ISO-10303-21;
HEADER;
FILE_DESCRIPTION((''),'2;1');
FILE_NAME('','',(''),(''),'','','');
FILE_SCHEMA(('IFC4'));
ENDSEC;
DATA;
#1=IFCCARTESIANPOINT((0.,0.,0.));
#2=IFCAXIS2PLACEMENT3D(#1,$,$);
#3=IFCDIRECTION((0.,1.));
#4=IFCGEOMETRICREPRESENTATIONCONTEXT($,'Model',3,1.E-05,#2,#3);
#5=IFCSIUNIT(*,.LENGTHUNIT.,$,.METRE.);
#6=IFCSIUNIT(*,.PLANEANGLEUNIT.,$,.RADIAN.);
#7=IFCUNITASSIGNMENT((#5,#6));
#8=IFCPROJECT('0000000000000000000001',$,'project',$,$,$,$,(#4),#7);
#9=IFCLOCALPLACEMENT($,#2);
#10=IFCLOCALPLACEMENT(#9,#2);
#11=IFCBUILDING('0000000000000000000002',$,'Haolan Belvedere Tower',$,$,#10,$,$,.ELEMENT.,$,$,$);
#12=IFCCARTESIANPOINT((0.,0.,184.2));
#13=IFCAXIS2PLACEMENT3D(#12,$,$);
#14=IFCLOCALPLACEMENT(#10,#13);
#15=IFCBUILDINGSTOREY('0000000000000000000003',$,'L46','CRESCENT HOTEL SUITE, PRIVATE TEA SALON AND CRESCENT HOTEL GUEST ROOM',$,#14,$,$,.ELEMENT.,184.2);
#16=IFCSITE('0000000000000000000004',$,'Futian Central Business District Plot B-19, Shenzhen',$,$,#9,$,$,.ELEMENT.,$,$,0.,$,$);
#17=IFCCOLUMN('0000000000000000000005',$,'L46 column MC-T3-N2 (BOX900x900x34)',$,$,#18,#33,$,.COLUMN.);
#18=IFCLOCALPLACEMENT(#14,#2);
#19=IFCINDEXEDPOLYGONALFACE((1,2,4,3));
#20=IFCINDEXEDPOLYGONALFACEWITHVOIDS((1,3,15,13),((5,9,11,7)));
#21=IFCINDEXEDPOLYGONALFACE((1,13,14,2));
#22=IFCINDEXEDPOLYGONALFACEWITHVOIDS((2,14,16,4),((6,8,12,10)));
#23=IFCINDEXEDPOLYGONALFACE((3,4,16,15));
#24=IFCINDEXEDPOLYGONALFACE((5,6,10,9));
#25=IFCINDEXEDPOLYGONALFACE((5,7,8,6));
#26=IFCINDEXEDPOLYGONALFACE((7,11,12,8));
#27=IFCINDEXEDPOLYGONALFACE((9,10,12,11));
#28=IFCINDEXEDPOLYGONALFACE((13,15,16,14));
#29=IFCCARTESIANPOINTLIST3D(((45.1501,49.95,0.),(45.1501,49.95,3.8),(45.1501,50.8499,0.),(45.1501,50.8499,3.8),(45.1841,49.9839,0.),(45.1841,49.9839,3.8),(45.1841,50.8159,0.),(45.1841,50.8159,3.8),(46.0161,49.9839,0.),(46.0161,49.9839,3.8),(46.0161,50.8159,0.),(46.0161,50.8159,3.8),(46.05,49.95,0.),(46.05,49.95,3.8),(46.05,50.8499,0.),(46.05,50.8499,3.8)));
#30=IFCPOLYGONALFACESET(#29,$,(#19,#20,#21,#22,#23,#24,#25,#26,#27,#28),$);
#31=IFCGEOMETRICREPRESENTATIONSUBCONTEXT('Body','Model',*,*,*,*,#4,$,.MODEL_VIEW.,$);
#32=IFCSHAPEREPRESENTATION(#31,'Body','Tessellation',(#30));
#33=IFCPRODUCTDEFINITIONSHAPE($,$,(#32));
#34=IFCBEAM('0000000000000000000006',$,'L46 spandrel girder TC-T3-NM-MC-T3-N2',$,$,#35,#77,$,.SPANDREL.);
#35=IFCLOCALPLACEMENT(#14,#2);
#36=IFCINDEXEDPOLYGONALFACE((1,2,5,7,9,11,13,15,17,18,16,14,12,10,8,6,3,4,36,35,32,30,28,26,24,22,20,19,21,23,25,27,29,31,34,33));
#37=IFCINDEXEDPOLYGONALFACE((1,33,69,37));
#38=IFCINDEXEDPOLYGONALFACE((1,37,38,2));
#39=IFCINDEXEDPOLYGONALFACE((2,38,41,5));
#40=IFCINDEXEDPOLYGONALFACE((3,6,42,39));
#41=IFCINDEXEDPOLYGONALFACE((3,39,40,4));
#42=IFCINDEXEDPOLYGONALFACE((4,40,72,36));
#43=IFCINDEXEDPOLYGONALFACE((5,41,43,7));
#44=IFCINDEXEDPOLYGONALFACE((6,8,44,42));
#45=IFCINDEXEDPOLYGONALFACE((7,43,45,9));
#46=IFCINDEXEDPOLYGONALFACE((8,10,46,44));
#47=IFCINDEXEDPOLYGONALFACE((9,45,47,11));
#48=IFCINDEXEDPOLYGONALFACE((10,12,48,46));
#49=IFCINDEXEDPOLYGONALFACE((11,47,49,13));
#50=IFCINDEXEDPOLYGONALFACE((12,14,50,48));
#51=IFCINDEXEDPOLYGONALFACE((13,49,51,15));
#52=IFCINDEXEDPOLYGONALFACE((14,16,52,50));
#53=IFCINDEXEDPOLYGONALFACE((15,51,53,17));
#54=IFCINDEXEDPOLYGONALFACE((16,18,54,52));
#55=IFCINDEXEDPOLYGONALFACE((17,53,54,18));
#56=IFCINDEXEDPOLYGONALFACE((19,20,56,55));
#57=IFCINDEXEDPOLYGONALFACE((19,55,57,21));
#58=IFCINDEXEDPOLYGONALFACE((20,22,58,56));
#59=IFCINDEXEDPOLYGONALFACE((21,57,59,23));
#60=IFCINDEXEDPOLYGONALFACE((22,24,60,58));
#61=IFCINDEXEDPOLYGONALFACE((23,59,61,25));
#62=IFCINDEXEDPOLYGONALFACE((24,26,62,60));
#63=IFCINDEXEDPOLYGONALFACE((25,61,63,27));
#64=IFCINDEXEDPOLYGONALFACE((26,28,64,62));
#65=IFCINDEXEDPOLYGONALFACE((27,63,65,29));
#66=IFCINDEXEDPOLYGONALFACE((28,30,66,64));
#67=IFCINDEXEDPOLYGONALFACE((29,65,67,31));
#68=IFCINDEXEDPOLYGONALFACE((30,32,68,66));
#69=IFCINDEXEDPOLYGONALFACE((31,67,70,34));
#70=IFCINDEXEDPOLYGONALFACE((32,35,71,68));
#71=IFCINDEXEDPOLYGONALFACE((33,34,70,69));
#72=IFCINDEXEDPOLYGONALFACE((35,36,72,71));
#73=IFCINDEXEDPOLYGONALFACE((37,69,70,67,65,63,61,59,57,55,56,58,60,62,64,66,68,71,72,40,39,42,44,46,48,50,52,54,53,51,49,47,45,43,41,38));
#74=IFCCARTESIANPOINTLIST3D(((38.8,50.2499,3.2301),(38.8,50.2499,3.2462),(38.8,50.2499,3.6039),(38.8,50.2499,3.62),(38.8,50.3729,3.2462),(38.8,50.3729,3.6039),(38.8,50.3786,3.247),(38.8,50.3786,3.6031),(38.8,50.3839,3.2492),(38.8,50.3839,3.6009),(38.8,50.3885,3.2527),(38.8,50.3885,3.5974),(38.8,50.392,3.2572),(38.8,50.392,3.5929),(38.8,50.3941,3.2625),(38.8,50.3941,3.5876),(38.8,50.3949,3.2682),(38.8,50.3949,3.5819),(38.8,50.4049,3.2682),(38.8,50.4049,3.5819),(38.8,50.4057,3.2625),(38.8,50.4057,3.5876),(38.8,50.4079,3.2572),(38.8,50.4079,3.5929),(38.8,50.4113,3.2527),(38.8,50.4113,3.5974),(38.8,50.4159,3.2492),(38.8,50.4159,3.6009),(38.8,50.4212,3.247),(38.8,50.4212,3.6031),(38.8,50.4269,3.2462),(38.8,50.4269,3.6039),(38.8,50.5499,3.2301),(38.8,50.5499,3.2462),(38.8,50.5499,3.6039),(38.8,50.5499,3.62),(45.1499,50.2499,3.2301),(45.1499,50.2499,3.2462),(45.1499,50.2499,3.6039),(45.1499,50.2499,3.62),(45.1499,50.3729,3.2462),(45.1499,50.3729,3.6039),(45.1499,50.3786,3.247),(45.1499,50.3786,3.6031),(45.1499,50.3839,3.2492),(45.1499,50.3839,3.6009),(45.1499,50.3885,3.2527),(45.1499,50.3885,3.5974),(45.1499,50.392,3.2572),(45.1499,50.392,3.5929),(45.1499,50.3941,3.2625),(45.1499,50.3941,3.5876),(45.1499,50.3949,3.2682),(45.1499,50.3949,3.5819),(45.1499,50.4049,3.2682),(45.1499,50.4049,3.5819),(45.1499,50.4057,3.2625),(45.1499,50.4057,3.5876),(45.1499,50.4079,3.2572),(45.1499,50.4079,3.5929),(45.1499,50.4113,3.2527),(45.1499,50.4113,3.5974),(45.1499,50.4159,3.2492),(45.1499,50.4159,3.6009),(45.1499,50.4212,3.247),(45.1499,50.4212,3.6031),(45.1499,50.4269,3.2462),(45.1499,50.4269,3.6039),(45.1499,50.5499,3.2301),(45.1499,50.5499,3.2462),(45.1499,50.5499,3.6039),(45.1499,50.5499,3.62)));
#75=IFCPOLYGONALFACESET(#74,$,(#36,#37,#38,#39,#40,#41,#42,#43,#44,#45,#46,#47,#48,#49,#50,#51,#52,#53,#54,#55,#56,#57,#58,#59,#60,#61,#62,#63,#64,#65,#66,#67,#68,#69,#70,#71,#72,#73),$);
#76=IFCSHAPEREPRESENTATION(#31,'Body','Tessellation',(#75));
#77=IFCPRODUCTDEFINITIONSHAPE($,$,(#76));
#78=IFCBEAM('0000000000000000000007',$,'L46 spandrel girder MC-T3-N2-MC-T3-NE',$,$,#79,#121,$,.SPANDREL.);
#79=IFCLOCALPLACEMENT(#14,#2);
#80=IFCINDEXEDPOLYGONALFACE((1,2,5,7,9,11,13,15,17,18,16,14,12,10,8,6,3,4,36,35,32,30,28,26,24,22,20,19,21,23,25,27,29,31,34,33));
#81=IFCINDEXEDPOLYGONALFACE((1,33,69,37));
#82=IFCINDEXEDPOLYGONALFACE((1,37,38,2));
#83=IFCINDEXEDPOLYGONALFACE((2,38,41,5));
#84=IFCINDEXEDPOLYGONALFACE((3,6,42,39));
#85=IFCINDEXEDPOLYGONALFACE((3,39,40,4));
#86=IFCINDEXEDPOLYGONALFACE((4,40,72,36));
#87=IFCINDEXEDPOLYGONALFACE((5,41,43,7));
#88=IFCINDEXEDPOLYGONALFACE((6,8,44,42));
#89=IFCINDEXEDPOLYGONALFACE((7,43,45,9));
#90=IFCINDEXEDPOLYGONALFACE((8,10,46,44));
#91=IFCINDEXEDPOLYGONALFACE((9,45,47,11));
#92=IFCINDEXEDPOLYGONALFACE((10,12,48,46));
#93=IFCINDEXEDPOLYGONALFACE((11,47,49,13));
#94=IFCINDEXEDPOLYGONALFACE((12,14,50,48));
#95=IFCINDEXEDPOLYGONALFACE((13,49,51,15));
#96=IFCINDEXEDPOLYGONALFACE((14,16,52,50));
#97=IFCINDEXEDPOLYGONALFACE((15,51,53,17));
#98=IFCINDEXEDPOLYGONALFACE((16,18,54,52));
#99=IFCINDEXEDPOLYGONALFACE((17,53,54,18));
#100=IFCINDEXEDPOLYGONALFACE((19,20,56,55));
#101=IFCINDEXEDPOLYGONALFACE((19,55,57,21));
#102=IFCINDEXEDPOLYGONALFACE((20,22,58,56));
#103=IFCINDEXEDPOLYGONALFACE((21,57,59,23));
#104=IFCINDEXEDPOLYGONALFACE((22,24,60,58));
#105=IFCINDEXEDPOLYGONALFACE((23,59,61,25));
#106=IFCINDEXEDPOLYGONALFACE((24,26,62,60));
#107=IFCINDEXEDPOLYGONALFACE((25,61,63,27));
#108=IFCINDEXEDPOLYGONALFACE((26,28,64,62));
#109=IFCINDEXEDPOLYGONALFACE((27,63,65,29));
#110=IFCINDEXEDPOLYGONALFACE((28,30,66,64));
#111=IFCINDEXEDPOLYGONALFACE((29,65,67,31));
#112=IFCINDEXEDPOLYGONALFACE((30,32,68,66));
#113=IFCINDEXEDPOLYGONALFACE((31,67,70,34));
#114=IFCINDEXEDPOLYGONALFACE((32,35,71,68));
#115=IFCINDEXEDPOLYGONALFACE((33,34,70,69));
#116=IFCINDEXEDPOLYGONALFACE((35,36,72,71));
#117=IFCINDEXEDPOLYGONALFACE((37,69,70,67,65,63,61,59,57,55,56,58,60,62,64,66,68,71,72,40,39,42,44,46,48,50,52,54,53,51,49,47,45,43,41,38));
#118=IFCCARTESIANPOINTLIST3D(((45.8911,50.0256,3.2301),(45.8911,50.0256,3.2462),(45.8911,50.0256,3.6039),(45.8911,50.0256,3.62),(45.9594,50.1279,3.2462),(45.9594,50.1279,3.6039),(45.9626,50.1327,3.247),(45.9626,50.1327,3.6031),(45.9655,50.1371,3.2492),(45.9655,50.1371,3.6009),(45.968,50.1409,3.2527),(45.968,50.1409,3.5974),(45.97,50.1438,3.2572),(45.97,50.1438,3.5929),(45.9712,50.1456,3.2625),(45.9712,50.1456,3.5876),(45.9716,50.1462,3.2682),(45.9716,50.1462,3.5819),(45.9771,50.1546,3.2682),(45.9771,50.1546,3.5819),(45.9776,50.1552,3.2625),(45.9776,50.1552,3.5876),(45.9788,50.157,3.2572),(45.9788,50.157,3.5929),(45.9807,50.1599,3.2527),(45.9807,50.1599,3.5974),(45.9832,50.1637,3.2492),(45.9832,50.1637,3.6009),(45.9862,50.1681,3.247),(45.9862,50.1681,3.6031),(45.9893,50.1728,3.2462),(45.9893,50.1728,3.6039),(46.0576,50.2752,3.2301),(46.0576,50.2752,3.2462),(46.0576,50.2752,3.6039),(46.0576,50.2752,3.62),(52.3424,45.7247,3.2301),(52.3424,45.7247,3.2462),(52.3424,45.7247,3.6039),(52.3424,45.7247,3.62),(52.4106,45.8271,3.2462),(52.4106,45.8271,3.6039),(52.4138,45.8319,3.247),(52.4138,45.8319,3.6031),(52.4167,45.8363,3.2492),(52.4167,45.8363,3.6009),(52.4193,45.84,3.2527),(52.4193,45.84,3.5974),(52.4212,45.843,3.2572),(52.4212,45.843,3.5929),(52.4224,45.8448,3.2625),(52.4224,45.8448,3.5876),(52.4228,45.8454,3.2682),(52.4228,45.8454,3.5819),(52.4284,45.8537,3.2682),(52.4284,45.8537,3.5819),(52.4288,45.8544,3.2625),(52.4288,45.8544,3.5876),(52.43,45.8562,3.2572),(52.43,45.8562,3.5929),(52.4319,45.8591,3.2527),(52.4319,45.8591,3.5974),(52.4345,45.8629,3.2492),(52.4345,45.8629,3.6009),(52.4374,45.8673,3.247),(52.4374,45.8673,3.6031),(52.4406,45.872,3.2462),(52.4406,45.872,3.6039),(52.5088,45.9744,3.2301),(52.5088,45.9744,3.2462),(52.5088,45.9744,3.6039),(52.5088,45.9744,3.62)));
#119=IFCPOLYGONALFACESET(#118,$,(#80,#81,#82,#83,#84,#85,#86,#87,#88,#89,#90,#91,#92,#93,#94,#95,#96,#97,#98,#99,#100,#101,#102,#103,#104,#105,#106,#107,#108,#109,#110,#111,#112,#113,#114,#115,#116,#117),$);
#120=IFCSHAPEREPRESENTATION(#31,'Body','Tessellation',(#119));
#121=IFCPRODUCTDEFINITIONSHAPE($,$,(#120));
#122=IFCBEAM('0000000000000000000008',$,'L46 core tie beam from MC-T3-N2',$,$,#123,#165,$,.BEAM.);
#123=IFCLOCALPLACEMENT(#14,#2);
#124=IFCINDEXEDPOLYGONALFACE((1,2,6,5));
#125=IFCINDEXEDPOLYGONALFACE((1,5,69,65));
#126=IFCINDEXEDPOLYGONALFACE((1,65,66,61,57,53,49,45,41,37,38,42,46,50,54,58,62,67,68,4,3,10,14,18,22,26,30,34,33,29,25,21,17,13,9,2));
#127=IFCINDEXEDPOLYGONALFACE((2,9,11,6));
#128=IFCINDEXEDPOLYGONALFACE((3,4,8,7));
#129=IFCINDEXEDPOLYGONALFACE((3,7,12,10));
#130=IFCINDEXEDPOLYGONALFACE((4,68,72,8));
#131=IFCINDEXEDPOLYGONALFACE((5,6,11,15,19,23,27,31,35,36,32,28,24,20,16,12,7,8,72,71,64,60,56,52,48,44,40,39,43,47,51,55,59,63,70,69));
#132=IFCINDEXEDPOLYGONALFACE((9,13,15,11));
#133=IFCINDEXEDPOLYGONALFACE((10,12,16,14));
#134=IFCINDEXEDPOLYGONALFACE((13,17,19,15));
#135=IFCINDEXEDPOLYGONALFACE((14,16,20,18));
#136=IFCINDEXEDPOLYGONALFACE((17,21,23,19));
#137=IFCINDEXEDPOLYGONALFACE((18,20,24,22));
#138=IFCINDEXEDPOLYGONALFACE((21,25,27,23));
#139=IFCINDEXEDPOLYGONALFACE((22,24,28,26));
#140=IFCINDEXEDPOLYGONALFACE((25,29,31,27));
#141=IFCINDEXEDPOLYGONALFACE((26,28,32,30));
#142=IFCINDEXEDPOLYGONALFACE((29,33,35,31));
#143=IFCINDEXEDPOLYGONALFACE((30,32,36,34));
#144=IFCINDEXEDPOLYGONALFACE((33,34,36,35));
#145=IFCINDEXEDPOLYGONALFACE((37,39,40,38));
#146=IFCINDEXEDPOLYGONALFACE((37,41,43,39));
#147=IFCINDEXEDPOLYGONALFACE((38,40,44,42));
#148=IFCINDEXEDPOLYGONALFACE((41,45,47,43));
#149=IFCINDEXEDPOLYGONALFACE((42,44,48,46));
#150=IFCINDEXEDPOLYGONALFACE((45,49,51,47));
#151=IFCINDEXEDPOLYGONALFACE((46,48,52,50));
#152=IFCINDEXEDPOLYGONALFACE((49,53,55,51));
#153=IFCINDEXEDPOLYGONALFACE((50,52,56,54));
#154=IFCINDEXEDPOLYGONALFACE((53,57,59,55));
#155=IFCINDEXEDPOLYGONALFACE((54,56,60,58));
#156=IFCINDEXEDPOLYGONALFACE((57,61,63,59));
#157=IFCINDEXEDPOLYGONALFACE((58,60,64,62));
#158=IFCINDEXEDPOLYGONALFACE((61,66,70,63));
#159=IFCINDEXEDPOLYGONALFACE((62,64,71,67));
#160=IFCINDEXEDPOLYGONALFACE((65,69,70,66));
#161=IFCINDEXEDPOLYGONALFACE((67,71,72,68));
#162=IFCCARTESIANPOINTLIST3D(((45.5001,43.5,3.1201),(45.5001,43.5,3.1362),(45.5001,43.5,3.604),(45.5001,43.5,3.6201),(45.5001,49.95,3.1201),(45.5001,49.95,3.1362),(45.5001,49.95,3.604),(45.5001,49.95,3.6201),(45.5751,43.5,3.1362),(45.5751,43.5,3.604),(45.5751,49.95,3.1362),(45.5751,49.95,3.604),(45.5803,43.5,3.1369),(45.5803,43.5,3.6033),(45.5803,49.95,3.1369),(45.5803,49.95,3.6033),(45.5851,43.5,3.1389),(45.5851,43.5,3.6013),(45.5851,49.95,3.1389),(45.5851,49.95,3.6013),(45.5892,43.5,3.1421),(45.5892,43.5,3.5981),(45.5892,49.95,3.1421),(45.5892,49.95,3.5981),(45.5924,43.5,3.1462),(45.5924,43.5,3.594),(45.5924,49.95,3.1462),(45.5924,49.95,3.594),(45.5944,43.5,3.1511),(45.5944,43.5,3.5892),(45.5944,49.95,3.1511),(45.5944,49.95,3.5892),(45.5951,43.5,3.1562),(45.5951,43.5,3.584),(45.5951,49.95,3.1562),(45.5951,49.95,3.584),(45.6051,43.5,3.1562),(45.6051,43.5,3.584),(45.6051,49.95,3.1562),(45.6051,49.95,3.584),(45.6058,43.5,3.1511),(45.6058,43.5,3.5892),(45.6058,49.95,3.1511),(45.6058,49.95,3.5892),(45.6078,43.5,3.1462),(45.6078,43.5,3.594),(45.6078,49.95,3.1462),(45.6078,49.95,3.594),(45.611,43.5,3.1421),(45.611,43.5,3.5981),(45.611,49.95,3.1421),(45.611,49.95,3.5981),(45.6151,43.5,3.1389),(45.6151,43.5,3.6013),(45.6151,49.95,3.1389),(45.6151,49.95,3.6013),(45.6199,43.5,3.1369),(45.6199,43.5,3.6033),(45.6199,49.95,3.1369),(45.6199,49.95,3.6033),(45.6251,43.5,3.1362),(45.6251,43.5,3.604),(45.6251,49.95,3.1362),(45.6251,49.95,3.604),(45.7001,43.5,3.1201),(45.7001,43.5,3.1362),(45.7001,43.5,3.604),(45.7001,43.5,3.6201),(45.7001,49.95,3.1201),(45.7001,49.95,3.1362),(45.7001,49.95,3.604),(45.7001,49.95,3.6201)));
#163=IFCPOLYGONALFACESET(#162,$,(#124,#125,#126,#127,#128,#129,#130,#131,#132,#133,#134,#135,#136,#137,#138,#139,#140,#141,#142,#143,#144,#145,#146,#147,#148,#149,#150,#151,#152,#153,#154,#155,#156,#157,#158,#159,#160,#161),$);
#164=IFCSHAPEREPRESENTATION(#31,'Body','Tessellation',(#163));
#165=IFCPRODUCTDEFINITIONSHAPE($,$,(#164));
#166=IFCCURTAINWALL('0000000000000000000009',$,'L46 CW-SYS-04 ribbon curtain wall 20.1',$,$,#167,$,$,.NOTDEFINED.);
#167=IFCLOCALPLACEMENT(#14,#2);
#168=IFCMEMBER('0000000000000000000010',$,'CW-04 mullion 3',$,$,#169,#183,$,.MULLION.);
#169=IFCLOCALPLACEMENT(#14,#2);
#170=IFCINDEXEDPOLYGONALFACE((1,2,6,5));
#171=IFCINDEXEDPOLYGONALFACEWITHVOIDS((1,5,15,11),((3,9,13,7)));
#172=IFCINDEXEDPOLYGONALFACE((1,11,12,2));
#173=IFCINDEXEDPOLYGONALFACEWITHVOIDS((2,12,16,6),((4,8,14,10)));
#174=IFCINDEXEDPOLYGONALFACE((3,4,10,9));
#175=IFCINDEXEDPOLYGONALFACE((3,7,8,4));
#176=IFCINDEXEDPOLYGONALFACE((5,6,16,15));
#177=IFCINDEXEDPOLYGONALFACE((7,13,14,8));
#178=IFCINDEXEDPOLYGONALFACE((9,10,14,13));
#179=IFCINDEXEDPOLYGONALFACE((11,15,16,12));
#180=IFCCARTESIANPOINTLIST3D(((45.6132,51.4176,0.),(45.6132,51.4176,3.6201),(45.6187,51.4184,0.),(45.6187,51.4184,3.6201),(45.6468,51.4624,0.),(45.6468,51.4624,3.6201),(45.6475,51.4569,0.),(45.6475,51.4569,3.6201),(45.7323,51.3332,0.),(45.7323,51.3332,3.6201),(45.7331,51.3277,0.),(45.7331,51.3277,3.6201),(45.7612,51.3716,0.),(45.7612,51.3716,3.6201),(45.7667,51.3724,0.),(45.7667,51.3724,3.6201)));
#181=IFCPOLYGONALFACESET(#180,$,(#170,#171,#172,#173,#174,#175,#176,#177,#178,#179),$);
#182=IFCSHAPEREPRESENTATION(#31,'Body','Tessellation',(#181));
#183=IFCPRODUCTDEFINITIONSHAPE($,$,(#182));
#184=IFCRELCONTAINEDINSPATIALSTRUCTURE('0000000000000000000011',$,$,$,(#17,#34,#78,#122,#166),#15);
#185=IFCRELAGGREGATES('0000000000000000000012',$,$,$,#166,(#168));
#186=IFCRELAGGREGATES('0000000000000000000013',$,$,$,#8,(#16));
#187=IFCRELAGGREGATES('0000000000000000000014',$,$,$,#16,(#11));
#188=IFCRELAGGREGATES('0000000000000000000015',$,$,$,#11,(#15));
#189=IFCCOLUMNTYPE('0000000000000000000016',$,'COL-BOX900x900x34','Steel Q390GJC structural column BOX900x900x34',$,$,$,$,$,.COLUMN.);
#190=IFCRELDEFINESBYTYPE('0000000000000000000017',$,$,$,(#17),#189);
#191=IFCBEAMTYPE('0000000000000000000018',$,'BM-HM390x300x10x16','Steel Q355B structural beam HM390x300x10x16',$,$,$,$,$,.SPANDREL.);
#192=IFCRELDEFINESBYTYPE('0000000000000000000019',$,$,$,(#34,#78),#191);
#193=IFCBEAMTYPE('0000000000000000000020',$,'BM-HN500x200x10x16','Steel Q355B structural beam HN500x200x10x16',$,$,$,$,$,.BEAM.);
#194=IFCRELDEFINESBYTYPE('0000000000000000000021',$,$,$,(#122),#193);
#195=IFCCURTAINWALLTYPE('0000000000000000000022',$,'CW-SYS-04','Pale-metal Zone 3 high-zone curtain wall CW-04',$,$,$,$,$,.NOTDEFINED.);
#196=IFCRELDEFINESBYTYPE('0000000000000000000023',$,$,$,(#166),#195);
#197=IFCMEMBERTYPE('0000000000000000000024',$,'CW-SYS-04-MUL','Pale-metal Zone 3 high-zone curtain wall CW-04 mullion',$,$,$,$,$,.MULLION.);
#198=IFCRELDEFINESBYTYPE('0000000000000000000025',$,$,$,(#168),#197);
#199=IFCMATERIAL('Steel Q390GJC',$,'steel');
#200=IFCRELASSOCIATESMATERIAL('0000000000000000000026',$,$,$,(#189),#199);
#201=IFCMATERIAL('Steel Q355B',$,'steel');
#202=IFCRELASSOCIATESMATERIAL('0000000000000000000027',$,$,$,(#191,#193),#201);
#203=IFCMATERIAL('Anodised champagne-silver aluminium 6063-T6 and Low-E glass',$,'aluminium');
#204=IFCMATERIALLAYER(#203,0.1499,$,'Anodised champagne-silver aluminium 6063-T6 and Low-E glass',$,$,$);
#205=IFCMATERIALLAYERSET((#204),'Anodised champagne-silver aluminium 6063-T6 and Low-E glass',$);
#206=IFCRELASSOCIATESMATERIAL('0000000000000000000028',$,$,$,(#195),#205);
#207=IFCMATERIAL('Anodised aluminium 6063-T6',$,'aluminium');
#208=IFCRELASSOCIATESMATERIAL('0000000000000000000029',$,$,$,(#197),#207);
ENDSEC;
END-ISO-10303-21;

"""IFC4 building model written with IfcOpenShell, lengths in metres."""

from ifc_helpers import new_model, si_unit, direction, frame, origin, origin_2d, place, context, subcontext, project, spatial, hollow_rectangle, i_section, extrude, material, layer, layer_set, material_profile, profile_set, type_object, element, aggregate, save


model = new_model("IFC4")

# Units and contexts
model_context = context("Model", 3, precision=1e-05, world=origin(), true_north=direction((0.0, 1.0)))
body_context = subcontext(model_context, "Body", "Model", "MODEL_VIEW")
ifc_project = project(units=[si_unit("LENGTHUNIT", "METRE"), si_unit("PLANEANGLEUNIT", "RADIAN")], contexts=[model_context])

# Site, building, storey
site_placement = place(None, origin())
site = spatial("IfcSite", under=ifc_project, at=site_placement, Name="Futian Central Business District Plot B-19, Shenzhen", CompositionType="ELEMENT", RefElevation=0.0)
building_placement = place(site_placement, origin())
building = spatial("IfcBuilding", under=site, at=building_placement, Name="Haolan Belvedere Tower", CompositionType="ELEMENT")
storey_placement = place(building_placement, frame((0.0, 0.0, 184.2)))
storey = spatial("IfcBuildingStorey", under=building, at=storey_placement, Name="L46", Description="CRESCENT HOTEL SUITE, PRIVATE TEA SALON AND CRESCENT HOTEL GUEST ROOM", CompositionType="ELEMENT", Elevation=184.2)

# Column
ifc_material_1 = material(Name="Steel Q390GJC", Category="steel")
ifc_material_profile_1 = material_profile(ifc_material_1, hollow_rectangle(XDim=0.8999, YDim=0.8999, WallThickness=0.0339, at=origin_2d()), Name="Steel Q390GJC")
ifc_profile_set_1 = profile_set([ifc_material_profile_1], Name="Steel Q390GJC")
column_type = type_object("IfcColumnType", Name="COL-BOX900x900x34", Description="Steel Q390GJC structural column BOX900x900x34", PredefinedType="COLUMN", material=ifc_profile_set_1)
column_placement = place(storey_placement, frame((45.6001, 50.3999, 0.0), z_axis=(0.0, 0.0, 1.0), x_axis=(1.0, 0.0, 0.0)))
element("IfcColumn", 1, at=column_placement, inside=storey, type_object=column_type, Name="L46 column MC-T3-N2 (BOX900x900x34)", PredefinedType="COLUMN", context=body_context, shape_type="SweptSolid", body=[
    extrude(hollow_rectangle(XDim=0.8999, YDim=0.8999, WallThickness=0.0339, at=origin_2d()), origin(), (0.0, 0.0, 1.0), 3.8),
])

# Beams
ifc_material_2 = material(Name="Steel Q355B", Category="steel")
ifc_material_profile_2 = material_profile(ifc_material_2, i_section(OverallWidth=0.3, OverallDepth=0.3899, WebThickness=0.01, FlangeThickness=0.0161, FilletRadius=0.022, at=origin_2d()), Name="Steel Q355B")
ifc_profile_set_2 = profile_set([ifc_material_profile_2], Name="Steel Q355B")
beam_type_1 = type_object("IfcBeamType", Name="BM-HM390x300x10x16", Description="Steel Q355B structural beam HM390x300x10x16", PredefinedType="SPANDREL", material=ifc_profile_set_2)
beam_1_placement = place(storey_placement, frame((38.8, 50.3999, 3.425), z_axis=(1.0, 0.0, 0.0), x_axis=(0.0, 1.0, 0.0)))
element("IfcBeam", 2, at=beam_1_placement, inside=storey, type_object=beam_type_1, Name="L46 spandrel girder TC-T3-NM-MC-T3-N2", PredefinedType="SPANDREL", context=body_context, shape_type="SweptSolid", body=[
    extrude(i_section(OverallWidth=0.3, OverallDepth=0.3899, WebThickness=0.01, FlangeThickness=0.0161, FilletRadius=0.022, at=origin_2d()), origin(), (0.0, 0.0, 1.0), 6.3499),
])
beam_2_placement = place(storey_placement, frame((45.9744, 50.1504, 3.425), z_axis=(0.83205, -0.5547, 0.0), x_axis=(0.5547, 0.83205, 0.0)))
element("IfcBeam", 3, at=beam_2_placement, inside=storey, type_object=beam_type_1, Name="L46 spandrel girder MC-T3-N2-MC-T3-NE", PredefinedType="SPANDREL", context=body_context, shape_type="SweptSolid", body=[
    extrude(i_section(OverallWidth=0.3, OverallDepth=0.3899, WebThickness=0.01, FlangeThickness=0.0161, FilletRadius=0.022, at=origin_2d()), origin(), (0.0, 0.0, 1.0), 7.7534),
])
ifc_material_profile_3 = material_profile(ifc_material_2, i_section(OverallWidth=0.2, OverallDepth=0.5, WebThickness=0.01, FlangeThickness=0.0161, FilletRadius=0.02, at=origin_2d()), Name="Steel Q355B")
ifc_profile_set_3 = profile_set([ifc_material_profile_3], Name="Steel Q355B")
beam_type_2 = type_object("IfcBeamType", Name="BM-HN500x200x10x16", Description="Steel Q355B structural beam HN500x200x10x16", PredefinedType="BEAM", material=ifc_profile_set_3)
beam_3_placement = place(storey_placement, frame((45.6001, 49.95, 3.3701), z_axis=(0.0, -1.0, 0.0), x_axis=(1.0, 0.0, 0.0)))
element("IfcBeam", 4, at=beam_3_placement, inside=storey, type_object=beam_type_2, Name="L46 core tie beam from MC-T3-N2", PredefinedType="BEAM", context=body_context, shape_type="SweptSolid", body=[
    extrude(i_section(OverallWidth=0.2, OverallDepth=0.5, WebThickness=0.01, FlangeThickness=0.0161, FilletRadius=0.02, at=origin_2d()), origin(), (0.0, 0.0, 1.0), 6.45),
])

# Curtain wall, member
ifc_material_3 = material(Name="Anodised champagne-silver aluminium 6063-T6 and Low-E glass", Category="aluminium")
ifc_layer_1 = layer(ifc_material_3, 0.1499, Name="Anodised champagne-silver aluminium 6063-T6 and Low-E glass")
ifc_layer_set_1 = layer_set([ifc_layer_1], Name="Anodised champagne-silver aluminium 6063-T6 and Low-E glass")
curtain_wall_type = type_object("IfcCurtainWallType", Name="CW-SYS-04", Description="Pale-metal Zone 3 high-zone curtain wall CW-04", PredefinedType="NOTDEFINED", material=ifc_layer_set_1)
curtain_wall_1_placement = place(storey_placement, origin())
curtain_wall_1 = element("IfcCurtainWall", 5, at=curtain_wall_1_placement, inside=storey, type_object=curtain_wall_type, Name="L46 CW-SYS-04 ribbon curtain wall 20.1", PredefinedType="NOTDEFINED")
ifc_material_4 = material(Name="Anodised aluminium 6063-T6", Category="aluminium")
ifc_material_profile_4 = material_profile(ifc_material_4, hollow_rectangle(XDim=0.0559, YDim=0.1499, WallThickness=0.0039, at=origin_2d()), Name="Anodised aluminium 6063-T6")
ifc_profile_set_4 = profile_set([ifc_material_profile_4], Name="Anodised aluminium 6063-T6")
member_type_1 = type_object("IfcMemberType", Name="CW-SYS-04-MUL", Description="Pale-metal Zone 3 high-zone curtain wall CW-04 mullion", PredefinedType="MULLION", material=ifc_profile_set_4)
member_1_placement = place(storey_placement, frame((45.6899, 51.395, 0.0), z_axis=(0.0, 0.0, 1.0), x_axis=(-0.600003, -0.799998, 0.0)))
member_1 = element("IfcMember", 6, at=member_1_placement, type_object=member_type_1, Name="CW-04 mullion 3", PredefinedType="MULLION", context=body_context, shape_type="SweptSolid", body=[
    extrude(hollow_rectangle(XDim=0.0559, YDim=0.1499, WallThickness=0.0039, at=origin_2d()), origin(), (0.0, 0.0, 1.0), 3.6201),
])

aggregate(curtain_wall_1, [member_1])

save(model, "model.ifc")
